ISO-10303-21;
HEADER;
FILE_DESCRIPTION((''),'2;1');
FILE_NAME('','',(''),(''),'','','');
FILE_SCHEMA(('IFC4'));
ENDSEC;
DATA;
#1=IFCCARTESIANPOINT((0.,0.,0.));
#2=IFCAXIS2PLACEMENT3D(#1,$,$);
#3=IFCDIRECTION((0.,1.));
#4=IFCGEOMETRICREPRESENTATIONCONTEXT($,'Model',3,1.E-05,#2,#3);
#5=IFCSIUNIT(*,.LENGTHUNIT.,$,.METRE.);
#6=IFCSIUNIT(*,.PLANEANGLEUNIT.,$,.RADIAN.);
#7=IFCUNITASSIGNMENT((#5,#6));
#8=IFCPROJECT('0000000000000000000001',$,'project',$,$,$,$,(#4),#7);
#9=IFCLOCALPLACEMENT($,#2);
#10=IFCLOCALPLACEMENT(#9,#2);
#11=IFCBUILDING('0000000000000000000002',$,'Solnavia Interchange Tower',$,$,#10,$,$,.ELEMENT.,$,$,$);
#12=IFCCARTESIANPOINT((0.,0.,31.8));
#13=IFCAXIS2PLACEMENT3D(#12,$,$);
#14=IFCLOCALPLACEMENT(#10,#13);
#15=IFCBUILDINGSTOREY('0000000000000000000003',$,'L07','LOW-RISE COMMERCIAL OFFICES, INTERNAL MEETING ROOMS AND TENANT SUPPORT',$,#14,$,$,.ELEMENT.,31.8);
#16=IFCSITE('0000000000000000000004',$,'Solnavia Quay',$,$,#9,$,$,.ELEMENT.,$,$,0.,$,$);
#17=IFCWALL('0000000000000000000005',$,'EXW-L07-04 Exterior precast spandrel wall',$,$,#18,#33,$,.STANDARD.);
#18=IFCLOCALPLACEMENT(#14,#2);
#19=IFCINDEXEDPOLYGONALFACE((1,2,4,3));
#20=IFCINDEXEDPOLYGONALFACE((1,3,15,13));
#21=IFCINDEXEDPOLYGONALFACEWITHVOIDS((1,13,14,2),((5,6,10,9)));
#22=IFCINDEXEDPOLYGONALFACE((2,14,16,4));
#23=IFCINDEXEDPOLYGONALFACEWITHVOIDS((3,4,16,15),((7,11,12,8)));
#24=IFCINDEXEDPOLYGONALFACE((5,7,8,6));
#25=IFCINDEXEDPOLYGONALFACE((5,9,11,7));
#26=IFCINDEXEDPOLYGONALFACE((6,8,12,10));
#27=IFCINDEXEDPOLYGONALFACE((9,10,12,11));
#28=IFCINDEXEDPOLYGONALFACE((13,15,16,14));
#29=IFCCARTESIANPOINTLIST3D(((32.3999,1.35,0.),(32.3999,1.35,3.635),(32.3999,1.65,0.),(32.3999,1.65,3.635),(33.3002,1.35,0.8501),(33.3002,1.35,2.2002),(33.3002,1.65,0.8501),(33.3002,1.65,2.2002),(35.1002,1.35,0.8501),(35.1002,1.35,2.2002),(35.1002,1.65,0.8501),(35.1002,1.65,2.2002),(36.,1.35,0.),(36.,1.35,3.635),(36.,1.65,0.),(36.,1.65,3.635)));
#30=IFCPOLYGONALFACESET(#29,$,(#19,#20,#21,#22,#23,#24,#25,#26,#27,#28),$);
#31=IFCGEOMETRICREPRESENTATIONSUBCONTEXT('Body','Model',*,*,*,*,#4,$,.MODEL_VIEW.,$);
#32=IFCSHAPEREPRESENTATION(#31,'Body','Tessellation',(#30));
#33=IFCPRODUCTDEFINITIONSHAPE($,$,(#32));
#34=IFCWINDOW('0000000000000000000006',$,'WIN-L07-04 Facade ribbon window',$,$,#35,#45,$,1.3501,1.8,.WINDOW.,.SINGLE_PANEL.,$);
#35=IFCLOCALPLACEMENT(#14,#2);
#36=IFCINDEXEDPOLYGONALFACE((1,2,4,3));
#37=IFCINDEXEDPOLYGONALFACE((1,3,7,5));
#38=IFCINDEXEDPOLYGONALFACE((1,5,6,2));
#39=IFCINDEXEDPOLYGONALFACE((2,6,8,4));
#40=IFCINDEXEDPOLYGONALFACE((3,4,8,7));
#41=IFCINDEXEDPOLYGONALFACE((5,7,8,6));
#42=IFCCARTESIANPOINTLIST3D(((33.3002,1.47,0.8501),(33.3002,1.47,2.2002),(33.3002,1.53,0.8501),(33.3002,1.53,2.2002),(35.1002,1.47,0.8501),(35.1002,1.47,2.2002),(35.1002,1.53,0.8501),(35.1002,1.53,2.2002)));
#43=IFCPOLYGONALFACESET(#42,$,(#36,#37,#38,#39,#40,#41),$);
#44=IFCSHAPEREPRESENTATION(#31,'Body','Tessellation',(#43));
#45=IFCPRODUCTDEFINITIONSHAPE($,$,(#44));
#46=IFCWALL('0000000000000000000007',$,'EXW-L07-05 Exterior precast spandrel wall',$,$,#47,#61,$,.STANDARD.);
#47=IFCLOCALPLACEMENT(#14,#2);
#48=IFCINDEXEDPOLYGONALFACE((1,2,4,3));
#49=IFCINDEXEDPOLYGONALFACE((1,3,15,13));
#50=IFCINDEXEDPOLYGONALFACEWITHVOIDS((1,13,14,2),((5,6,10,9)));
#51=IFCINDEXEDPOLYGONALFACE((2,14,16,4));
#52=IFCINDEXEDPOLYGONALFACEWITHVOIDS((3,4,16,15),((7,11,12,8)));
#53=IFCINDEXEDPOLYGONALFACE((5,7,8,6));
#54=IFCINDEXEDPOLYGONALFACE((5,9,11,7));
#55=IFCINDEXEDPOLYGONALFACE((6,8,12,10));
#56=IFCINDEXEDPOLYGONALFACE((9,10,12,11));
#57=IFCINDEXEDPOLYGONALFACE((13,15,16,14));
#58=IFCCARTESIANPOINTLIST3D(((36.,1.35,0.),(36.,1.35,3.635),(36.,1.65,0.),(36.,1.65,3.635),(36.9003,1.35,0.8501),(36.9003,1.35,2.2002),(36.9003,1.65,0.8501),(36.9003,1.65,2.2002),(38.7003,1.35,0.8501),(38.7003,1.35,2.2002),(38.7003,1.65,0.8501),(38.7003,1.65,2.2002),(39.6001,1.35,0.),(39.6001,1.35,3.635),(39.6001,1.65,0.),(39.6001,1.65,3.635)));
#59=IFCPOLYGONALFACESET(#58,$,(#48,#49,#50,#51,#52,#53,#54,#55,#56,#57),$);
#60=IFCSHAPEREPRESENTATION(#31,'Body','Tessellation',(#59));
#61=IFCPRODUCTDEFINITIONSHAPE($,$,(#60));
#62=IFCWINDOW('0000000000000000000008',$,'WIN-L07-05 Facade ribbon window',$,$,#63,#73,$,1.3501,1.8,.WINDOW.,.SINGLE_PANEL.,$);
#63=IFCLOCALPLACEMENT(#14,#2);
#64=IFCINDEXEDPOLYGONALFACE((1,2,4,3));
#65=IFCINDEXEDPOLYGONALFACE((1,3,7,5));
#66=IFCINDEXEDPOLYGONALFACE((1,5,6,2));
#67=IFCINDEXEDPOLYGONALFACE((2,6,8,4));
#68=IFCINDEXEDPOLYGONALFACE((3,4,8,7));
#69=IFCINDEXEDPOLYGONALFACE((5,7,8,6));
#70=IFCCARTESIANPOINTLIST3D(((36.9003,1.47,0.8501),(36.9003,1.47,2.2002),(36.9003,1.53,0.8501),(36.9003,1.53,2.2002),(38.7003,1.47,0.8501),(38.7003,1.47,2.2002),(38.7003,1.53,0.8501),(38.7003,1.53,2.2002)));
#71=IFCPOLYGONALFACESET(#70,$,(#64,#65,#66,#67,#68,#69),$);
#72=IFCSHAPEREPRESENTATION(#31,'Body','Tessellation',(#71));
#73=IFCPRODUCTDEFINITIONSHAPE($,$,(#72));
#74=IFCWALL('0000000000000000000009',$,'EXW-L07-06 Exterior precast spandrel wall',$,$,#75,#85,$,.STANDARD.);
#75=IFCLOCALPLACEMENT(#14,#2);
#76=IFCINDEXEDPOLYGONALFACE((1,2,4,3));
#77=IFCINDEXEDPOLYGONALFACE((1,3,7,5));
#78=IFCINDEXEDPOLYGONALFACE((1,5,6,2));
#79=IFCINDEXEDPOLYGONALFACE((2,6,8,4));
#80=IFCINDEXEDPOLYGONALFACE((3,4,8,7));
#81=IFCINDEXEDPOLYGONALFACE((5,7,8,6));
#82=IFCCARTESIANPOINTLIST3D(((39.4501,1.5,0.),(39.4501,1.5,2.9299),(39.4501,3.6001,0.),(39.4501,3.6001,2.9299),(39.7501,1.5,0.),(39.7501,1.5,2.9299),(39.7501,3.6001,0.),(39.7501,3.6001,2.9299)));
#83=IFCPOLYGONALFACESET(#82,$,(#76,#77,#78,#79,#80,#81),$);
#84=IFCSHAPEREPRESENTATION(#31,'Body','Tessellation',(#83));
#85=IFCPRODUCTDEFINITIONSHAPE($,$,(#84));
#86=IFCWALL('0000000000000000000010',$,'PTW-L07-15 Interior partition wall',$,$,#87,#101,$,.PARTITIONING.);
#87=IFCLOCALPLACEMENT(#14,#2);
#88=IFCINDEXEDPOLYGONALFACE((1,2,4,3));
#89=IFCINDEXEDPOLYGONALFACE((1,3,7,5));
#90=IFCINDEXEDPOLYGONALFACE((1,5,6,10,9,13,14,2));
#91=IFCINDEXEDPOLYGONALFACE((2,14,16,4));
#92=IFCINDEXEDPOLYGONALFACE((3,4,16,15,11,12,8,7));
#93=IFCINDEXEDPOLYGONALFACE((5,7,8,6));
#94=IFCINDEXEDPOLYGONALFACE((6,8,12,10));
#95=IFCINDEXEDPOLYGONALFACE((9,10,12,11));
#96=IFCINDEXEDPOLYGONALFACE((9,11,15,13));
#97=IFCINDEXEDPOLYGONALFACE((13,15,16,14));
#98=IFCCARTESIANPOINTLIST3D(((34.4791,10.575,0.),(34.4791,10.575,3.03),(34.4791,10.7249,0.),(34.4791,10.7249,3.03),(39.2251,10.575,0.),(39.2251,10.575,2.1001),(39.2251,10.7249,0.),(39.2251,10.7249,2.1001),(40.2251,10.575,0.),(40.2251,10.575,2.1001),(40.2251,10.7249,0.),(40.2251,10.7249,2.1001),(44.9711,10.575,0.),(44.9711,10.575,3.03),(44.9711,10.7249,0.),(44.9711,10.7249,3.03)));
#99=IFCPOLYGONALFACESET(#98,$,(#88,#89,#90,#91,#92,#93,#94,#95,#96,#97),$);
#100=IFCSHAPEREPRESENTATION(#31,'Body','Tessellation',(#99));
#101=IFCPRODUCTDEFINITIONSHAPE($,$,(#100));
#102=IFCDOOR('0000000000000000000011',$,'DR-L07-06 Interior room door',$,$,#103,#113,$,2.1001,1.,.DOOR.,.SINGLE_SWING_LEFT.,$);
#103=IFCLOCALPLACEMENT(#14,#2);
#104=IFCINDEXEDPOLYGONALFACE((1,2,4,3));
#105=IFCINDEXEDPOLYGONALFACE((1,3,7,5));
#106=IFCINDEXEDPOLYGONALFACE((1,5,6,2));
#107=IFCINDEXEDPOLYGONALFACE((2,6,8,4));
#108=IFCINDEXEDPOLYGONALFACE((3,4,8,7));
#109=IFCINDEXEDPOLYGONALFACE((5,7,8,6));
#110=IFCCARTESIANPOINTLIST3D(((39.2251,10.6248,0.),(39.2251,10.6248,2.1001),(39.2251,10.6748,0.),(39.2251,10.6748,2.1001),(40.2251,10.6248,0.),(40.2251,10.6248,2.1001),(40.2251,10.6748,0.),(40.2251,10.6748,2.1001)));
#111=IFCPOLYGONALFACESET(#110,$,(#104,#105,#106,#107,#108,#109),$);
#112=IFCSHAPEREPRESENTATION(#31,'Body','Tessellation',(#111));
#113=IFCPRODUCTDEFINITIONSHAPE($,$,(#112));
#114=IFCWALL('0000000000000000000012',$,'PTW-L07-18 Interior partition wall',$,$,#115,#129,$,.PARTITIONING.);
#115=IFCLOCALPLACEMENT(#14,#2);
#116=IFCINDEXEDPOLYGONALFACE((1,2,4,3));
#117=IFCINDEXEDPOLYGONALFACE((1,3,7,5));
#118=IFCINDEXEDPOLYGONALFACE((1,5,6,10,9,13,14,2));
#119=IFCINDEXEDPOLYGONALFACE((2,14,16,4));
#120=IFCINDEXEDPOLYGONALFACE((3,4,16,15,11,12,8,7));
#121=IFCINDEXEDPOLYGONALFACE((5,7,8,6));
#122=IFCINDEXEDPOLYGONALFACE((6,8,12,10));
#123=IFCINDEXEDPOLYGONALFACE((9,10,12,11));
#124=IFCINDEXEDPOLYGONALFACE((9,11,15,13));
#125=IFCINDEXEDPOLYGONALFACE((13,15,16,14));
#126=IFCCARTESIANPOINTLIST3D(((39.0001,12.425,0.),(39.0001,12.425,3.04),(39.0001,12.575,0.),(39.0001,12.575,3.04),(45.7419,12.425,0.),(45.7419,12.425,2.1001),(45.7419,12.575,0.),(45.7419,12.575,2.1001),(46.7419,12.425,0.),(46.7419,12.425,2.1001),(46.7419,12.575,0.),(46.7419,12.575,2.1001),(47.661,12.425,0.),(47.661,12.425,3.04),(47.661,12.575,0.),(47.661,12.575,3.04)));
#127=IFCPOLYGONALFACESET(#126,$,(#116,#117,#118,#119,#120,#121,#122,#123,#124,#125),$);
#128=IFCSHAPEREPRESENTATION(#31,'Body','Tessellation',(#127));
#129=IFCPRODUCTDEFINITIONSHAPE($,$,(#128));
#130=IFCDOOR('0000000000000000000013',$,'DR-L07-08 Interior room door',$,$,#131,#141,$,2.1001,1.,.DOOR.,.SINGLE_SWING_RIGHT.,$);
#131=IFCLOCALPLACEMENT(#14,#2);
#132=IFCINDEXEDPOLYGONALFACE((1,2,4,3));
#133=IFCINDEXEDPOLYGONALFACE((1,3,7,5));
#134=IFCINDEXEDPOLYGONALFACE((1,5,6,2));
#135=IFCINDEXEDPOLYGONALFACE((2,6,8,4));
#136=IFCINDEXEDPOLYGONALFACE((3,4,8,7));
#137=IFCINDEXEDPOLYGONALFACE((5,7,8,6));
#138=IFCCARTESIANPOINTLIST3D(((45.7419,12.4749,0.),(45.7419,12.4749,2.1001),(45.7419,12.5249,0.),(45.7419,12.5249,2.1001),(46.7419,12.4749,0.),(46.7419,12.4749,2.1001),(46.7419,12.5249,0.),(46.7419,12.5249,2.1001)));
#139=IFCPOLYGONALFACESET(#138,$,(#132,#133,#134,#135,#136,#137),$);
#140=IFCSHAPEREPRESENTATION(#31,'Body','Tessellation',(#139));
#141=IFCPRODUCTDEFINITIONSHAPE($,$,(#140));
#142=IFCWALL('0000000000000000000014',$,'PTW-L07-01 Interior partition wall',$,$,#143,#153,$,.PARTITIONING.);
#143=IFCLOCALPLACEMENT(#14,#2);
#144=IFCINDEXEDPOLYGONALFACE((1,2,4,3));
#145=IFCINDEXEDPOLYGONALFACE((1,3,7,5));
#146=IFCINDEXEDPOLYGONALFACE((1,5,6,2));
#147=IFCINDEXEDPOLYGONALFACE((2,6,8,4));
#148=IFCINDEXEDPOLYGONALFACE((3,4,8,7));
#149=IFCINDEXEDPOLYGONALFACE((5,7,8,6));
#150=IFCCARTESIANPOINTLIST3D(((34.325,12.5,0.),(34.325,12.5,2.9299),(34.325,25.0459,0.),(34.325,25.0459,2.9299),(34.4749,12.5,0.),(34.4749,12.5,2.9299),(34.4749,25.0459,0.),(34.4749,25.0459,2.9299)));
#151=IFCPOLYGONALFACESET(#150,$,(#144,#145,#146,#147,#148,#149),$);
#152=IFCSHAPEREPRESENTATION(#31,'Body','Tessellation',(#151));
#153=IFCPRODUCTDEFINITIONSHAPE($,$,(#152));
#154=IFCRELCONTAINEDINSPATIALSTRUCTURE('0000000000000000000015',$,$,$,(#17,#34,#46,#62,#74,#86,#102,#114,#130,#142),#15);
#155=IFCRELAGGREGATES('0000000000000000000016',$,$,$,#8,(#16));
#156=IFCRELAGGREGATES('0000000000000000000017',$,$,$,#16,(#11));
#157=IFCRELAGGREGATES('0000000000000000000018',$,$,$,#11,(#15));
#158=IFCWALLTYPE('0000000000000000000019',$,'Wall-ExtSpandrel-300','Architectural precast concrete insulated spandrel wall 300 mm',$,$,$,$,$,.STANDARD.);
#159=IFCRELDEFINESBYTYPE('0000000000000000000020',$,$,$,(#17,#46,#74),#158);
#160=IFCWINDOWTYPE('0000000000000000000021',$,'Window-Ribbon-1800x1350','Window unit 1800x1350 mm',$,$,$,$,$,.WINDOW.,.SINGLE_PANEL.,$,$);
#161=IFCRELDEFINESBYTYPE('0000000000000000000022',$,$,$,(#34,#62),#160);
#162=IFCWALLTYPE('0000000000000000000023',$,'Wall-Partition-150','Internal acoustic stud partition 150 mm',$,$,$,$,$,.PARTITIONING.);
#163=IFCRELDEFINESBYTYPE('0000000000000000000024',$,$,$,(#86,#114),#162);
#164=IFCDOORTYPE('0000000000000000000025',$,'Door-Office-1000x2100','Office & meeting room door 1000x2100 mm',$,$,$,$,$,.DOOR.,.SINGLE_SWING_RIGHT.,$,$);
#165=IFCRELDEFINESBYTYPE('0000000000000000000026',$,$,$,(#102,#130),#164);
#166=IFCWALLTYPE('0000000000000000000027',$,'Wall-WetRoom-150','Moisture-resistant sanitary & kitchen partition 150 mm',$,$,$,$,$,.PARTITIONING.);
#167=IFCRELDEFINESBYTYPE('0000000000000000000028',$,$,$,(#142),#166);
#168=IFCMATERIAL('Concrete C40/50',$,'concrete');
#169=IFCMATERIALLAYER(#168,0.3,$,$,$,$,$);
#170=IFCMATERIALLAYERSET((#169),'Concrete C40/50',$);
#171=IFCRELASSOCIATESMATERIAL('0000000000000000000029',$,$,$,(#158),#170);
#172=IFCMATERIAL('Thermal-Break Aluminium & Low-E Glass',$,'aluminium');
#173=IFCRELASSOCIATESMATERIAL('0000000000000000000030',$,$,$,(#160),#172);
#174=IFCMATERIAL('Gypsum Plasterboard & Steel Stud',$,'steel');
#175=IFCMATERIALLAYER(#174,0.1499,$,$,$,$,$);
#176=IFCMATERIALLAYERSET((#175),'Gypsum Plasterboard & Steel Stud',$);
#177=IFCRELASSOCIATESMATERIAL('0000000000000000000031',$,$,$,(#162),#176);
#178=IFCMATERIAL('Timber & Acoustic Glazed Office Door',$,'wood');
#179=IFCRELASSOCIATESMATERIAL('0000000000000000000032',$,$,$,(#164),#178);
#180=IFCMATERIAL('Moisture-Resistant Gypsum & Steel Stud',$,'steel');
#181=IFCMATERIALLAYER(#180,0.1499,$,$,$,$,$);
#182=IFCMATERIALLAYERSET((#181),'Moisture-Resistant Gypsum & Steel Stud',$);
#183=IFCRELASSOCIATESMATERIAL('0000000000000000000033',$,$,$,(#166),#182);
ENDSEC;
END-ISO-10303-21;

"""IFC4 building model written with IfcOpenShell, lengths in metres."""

from ifc_helpers import new_model, si_unit, direction, frame, frame_2d, origin, place, context, subcontext, project, spatial, rectangle, extrude, material, layer, layer_set, type_object, element, fill, save


model = new_model("IFC4")

# Units and contexts
model_context = context("Model", 3, precision=1e-05, world=origin(), true_north=direction((0.0, 1.0)))
body_context = subcontext(model_context, "Body", "Model", "MODEL_VIEW")
ifc_project = project(units=[si_unit("LENGTHUNIT", "METRE"), si_unit("PLANEANGLEUNIT", "RADIAN")], contexts=[model_context])

# Site, building, storey
site_placement = place(None, origin())
site = spatial("IfcSite", under=ifc_project, at=site_placement, Name="Solnavia Quay", CompositionType="ELEMENT", RefElevation=0.0)
building_placement = place(site_placement, origin())
building = spatial("IfcBuilding", under=site, at=building_placement, Name="Solnavia Interchange Tower", CompositionType="ELEMENT")
storey_placement = place(building_placement, frame((0.0, 0.0, 31.8)))
storey = spatial("IfcBuildingStorey", under=building, at=storey_placement, Name="L07", Description="LOW-RISE COMMERCIAL OFFICES, INTERNAL MEETING ROOMS AND TENANT SUPPORT", CompositionType="ELEMENT", Elevation=31.8)

# Walls, openings, windows
ifc_material_1 = material(Name="Concrete C40/50", Category="concrete")
ifc_layer_1 = layer(ifc_material_1, 0.3)
ifc_layer_set_1 = layer_set([ifc_layer_1], Name="Concrete C40/50")
wall_type_1 = type_object("IfcWallType", Name="Wall-ExtSpandrel-300", Description="Architectural precast concrete insulated spandrel wall 300 mm", PredefinedType="STANDARD", material=ifc_layer_set_1)
wall_1_placement = place(storey_placement, frame((36.0, 1.5, 0.0), z_axis=(0.0, 0.0, 1.0), x_axis=(-1.0, 0.0, 0.0)))
wall_1 = element("IfcWall", 1, at=wall_1_placement, inside=storey, type_object=wall_type_1, Name="EXW-L07-04 Exterior precast spandrel wall", PredefinedType="STANDARD", context=body_context, shape_type="SweptSolid", body=[
    extrude(rectangle(XDim=3.6001, YDim=0.3, at=frame_2d((1.8, 0.0))), origin(), (0.0, 0.0, 1.0), 3.635),
])
opening_1_placement = place(wall_1_placement, frame((0.8999, 0.0, 0.8501)))
opening_1 = element("IfcOpeningElement", 2, at=opening_1_placement, cuts=wall_1, PredefinedType="OPENING", context=body_context, shape_type="SweptSolid", body=[
    extrude(rectangle(XDim=1.8, YDim=1.3501, at=frame_2d((0.8999, 0.675))), frame((0.0, 0.1602, 0.0), z_axis=(0.0, -1.0, 0.0), x_axis=(1.0, 0.0, 0.0)), (0.0, 0.0, 1.0), 0.3201),
])
ifc_material_2 = material(Name="Thermal-Break Aluminium & Low-E Glass", Category="aluminium")
window_type = type_object("IfcWindowType", Name="Window-Ribbon-1800x1350", Description="Window unit 1800x1350 mm", PartitioningType="SINGLE_PANEL", PredefinedType="WINDOW", material=ifc_material_2)
window_1_placement = place(opening_1_placement, origin())
window_1 = element("IfcWindow", 3, at=window_1_placement, inside=storey, type_object=window_type, Name="WIN-L07-04 Facade ribbon window", OverallHeight=1.3501, OverallWidth=1.8, PartitioningType="SINGLE_PANEL", PredefinedType="WINDOW", context=body_context, shape_type="SweptSolid", body=[
    extrude(rectangle(XDim=1.8, YDim=1.3501, at=frame_2d((0.8999, 0.675))), frame((0.0, 0.03, 0.0), z_axis=(0.0, -1.0, 0.0), x_axis=(1.0, 0.0, 0.0)), (0.0, 0.0, 1.0), 0.0601),
])
fill(opening_1, window_1)
wall_2_placement = place(storey_placement, frame((39.6001, 1.5, 0.0), z_axis=(0.0, 0.0, 1.0), x_axis=(-1.0, 0.0, 0.0)))
wall_2 = element("IfcWall", 4, at=wall_2_placement, inside=storey, type_object=wall_type_1, Name="EXW-L07-05 Exterior precast spandrel wall", PredefinedType="STANDARD", context=body_context, shape_type="SweptSolid", body=[
    extrude(rectangle(XDim=3.6001, YDim=0.3, at=frame_2d((1.8, 0.0))), origin(), (0.0, 0.0, 1.0), 3.635),
])
opening_2_placement = place(wall_2_placement, frame((0.8999, 0.0, 0.8501)))
opening_2 = element("IfcOpeningElement", 5, at=opening_2_placement, cuts=wall_2, PredefinedType="OPENING", context=body_context, shape_type="SweptSolid", body=[
    extrude(rectangle(XDim=1.8, YDim=1.3501, at=frame_2d((0.8999, 0.675))), frame((0.0, 0.1602, 0.0), z_axis=(0.0, -1.0, 0.0), x_axis=(1.0, 0.0, 0.0)), (0.0, 0.0, 1.0), 0.3201),
])
window_2_placement = place(opening_2_placement, origin())
window_2 = element("IfcWindow", 6, at=window_2_placement, inside=storey, type_object=window_type, Name="WIN-L07-05 Facade ribbon window", OverallHeight=1.3501, OverallWidth=1.8, PartitioningType="SINGLE_PANEL", PredefinedType="WINDOW", context=body_context, shape_type="SweptSolid", body=[
    extrude(rectangle(XDim=1.8, YDim=1.3501, at=frame_2d((0.8999, 0.675))), frame((0.0, 0.03, 0.0), z_axis=(0.0, -1.0, 0.0), x_axis=(1.0, 0.0, 0.0)), (0.0, 0.0, 1.0), 0.0601),
])
fill(opening_2, window_2)

# Wall
wall_3_placement = place(storey_placement, frame((39.6001, 3.6001, 0.0), z_axis=(0.0, 0.0, 1.0), x_axis=(0.0, -1.0, 0.0)))
element("IfcWall", 7, at=wall_3_placement, inside=storey, type_object=wall_type_1, Name="EXW-L07-06 Exterior precast spandrel wall", PredefinedType="STANDARD", context=body_context, shape_type="SweptSolid", body=[
    extrude(rectangle(XDim=2.1001, YDim=0.3, at=frame_2d((1.05, 0.0))), origin(), (0.0, 0.0, 1.0), 2.9299),
])

# Walls, openings, doors
ifc_material_3 = material(Name="Gypsum Plasterboard & Steel Stud", Category="steel")
ifc_layer_2 = layer(ifc_material_3, 0.1499)
ifc_layer_set_2 = layer_set([ifc_layer_2], Name="Gypsum Plasterboard & Steel Stud")
wall_type_2 = type_object("IfcWallType", Name="Wall-Partition-150", Description="Internal acoustic stud partition 150 mm", PredefinedType="PARTITIONING", material=ifc_layer_set_2)
wall_4_placement = place(storey_placement, frame((34.479, 10.6499, 0.0), z_axis=(0.0, 0.0, 1.0), x_axis=(1.0, 0.0, 0.0)))
wall_4 = element("IfcWall", 8, at=wall_4_placement, inside=storey, type_object=wall_type_2, Name="PTW-L07-15 Interior partition wall", PredefinedType="PARTITIONING", context=body_context, shape_type="SweptSolid", body=[
    extrude(rectangle(XDim=10.4919, YDim=0.1499, at=frame_2d((5.2461, 0.0))), origin(), (0.0, 0.0, 1.0), 3.03),
])
opening_3_placement = place(wall_4_placement, frame((4.7461, 0.0, 0.0)))
opening_3 = element("IfcOpeningElement", 9, at=opening_3_placement, cuts=wall_4, PredefinedType="OPENING", context=body_context, shape_type="SweptSolid", body=[
    extrude(rectangle(XDim=1.0, YDim=2.1001, at=frame_2d((0.5, 1.05))), frame((0.0, 0.085, 0.0), z_axis=(0.0, -1.0, 0.0), x_axis=(1.0, 0.0, 0.0)), (0.0, 0.0, 1.0), 0.1699),
])
ifc_material_4 = material(Name="Timber & Acoustic Glazed Office Door", Category="wood")
door_type_1 = type_object("IfcDoorType", Name="Door-Office-1000x2100", Description="Office & meeting room door 1000x2100 mm", OperationType="SINGLE_SWING_RIGHT", PredefinedType="DOOR", material=ifc_material_4)
door_1_placement = place(opening_3_placement, origin())
door_1 = element("IfcDoor", 10, at=door_1_placement, inside=storey, type_object=door_type_1, Name="DR-L07-06 Interior room door", OperationType="SINGLE_SWING_LEFT", OverallHeight=2.1001, OverallWidth=1.0, PredefinedType="DOOR", context=body_context, shape_type="SweptSolid", body=[
    extrude(rectangle(XDim=1.0, YDim=2.1001, at=frame_2d((0.5, 1.05))), frame((0.0, 0.0249, 0.0), z_axis=(0.0, -1.0, 0.0), x_axis=(1.0, 0.0, 0.0)), (0.0, 0.0, 1.0), 0.05),
])
fill(opening_3, door_1)
wall_5_placement = place(storey_placement, frame((39.0, 12.5, 0.0), z_axis=(0.0, 0.0, 1.0), x_axis=(1.0, 0.0, 0.0)))
wall_5 = element("IfcWall", 11, at=wall_5_placement, inside=storey, type_object=wall_type_2, Name="PTW-L07-18 Interior partition wall", PredefinedType="PARTITIONING", context=body_context, shape_type="SweptSolid", body=[
    extrude(rectangle(XDim=8.6609, YDim=0.1499, at=frame_2d((4.3306, 0.0))), origin(), (0.0, 0.0, 1.0), 3.04),
])
opening_4_placement = place(wall_5_placement, frame((6.7419, 0.0, 0.0)))
opening_4 = element("IfcOpeningElement", 12, at=opening_4_placement, cuts=wall_5, PredefinedType="OPENING", context=body_context, shape_type="SweptSolid", body=[
    extrude(rectangle(XDim=1.0, YDim=2.1001, at=frame_2d((0.5, 1.05))), frame((0.0, 0.085, 0.0), z_axis=(0.0, -1.0, 0.0), x_axis=(1.0, 0.0, 0.0)), (0.0, 0.0, 1.0), 0.1699),
])
door_2_placement = place(opening_4_placement, origin())
door_2 = element("IfcDoor", 13, at=door_2_placement, inside=storey, type_object=door_type_1, Name="DR-L07-08 Interior room door", OperationType="SINGLE_SWING_RIGHT", OverallHeight=2.1001, OverallWidth=1.0, PredefinedType="DOOR", context=body_context, shape_type="SweptSolid", body=[
    extrude(rectangle(XDim=1.0, YDim=2.1001, at=frame_2d((0.5, 1.05))), frame((0.0, 0.0249, 0.0), z_axis=(0.0, -1.0, 0.0), x_axis=(1.0, 0.0, 0.0)), (0.0, 0.0, 1.0), 0.05),
])
fill(opening_4, door_2)

# Wall
ifc_material_5 = material(Name="Moisture-Resistant Gypsum & Steel Stud", Category="steel")
ifc_layer_3 = layer(ifc_material_5, 0.1499)
ifc_layer_set_3 = layer_set([ifc_layer_3], Name="Moisture-Resistant Gypsum & Steel Stud")
wall_type_3 = type_object("IfcWallType", Name="Wall-WetRoom-150", Description="Moisture-resistant sanitary & kitchen partition 150 mm", PredefinedType="PARTITIONING", material=ifc_layer_set_3)
wall_6_placement = place(storey_placement, frame((34.3999, 12.5, 0.0), z_axis=(0.0, 0.0, 1.0), x_axis=(0.0, 1.0, 0.0)))
element("IfcWall", 14, at=wall_6_placement, inside=storey, type_object=wall_type_3, Name="PTW-L07-01 Interior partition wall", PredefinedType="PARTITIONING", context=body_context, shape_type="SweptSolid", body=[
    extrude(rectangle(XDim=12.5459, YDim=0.1499, at=frame_2d((6.2729, 0.0))), origin(), (0.0, 0.0, 1.0), 2.9299),
])

save(model, "model.ifc")
